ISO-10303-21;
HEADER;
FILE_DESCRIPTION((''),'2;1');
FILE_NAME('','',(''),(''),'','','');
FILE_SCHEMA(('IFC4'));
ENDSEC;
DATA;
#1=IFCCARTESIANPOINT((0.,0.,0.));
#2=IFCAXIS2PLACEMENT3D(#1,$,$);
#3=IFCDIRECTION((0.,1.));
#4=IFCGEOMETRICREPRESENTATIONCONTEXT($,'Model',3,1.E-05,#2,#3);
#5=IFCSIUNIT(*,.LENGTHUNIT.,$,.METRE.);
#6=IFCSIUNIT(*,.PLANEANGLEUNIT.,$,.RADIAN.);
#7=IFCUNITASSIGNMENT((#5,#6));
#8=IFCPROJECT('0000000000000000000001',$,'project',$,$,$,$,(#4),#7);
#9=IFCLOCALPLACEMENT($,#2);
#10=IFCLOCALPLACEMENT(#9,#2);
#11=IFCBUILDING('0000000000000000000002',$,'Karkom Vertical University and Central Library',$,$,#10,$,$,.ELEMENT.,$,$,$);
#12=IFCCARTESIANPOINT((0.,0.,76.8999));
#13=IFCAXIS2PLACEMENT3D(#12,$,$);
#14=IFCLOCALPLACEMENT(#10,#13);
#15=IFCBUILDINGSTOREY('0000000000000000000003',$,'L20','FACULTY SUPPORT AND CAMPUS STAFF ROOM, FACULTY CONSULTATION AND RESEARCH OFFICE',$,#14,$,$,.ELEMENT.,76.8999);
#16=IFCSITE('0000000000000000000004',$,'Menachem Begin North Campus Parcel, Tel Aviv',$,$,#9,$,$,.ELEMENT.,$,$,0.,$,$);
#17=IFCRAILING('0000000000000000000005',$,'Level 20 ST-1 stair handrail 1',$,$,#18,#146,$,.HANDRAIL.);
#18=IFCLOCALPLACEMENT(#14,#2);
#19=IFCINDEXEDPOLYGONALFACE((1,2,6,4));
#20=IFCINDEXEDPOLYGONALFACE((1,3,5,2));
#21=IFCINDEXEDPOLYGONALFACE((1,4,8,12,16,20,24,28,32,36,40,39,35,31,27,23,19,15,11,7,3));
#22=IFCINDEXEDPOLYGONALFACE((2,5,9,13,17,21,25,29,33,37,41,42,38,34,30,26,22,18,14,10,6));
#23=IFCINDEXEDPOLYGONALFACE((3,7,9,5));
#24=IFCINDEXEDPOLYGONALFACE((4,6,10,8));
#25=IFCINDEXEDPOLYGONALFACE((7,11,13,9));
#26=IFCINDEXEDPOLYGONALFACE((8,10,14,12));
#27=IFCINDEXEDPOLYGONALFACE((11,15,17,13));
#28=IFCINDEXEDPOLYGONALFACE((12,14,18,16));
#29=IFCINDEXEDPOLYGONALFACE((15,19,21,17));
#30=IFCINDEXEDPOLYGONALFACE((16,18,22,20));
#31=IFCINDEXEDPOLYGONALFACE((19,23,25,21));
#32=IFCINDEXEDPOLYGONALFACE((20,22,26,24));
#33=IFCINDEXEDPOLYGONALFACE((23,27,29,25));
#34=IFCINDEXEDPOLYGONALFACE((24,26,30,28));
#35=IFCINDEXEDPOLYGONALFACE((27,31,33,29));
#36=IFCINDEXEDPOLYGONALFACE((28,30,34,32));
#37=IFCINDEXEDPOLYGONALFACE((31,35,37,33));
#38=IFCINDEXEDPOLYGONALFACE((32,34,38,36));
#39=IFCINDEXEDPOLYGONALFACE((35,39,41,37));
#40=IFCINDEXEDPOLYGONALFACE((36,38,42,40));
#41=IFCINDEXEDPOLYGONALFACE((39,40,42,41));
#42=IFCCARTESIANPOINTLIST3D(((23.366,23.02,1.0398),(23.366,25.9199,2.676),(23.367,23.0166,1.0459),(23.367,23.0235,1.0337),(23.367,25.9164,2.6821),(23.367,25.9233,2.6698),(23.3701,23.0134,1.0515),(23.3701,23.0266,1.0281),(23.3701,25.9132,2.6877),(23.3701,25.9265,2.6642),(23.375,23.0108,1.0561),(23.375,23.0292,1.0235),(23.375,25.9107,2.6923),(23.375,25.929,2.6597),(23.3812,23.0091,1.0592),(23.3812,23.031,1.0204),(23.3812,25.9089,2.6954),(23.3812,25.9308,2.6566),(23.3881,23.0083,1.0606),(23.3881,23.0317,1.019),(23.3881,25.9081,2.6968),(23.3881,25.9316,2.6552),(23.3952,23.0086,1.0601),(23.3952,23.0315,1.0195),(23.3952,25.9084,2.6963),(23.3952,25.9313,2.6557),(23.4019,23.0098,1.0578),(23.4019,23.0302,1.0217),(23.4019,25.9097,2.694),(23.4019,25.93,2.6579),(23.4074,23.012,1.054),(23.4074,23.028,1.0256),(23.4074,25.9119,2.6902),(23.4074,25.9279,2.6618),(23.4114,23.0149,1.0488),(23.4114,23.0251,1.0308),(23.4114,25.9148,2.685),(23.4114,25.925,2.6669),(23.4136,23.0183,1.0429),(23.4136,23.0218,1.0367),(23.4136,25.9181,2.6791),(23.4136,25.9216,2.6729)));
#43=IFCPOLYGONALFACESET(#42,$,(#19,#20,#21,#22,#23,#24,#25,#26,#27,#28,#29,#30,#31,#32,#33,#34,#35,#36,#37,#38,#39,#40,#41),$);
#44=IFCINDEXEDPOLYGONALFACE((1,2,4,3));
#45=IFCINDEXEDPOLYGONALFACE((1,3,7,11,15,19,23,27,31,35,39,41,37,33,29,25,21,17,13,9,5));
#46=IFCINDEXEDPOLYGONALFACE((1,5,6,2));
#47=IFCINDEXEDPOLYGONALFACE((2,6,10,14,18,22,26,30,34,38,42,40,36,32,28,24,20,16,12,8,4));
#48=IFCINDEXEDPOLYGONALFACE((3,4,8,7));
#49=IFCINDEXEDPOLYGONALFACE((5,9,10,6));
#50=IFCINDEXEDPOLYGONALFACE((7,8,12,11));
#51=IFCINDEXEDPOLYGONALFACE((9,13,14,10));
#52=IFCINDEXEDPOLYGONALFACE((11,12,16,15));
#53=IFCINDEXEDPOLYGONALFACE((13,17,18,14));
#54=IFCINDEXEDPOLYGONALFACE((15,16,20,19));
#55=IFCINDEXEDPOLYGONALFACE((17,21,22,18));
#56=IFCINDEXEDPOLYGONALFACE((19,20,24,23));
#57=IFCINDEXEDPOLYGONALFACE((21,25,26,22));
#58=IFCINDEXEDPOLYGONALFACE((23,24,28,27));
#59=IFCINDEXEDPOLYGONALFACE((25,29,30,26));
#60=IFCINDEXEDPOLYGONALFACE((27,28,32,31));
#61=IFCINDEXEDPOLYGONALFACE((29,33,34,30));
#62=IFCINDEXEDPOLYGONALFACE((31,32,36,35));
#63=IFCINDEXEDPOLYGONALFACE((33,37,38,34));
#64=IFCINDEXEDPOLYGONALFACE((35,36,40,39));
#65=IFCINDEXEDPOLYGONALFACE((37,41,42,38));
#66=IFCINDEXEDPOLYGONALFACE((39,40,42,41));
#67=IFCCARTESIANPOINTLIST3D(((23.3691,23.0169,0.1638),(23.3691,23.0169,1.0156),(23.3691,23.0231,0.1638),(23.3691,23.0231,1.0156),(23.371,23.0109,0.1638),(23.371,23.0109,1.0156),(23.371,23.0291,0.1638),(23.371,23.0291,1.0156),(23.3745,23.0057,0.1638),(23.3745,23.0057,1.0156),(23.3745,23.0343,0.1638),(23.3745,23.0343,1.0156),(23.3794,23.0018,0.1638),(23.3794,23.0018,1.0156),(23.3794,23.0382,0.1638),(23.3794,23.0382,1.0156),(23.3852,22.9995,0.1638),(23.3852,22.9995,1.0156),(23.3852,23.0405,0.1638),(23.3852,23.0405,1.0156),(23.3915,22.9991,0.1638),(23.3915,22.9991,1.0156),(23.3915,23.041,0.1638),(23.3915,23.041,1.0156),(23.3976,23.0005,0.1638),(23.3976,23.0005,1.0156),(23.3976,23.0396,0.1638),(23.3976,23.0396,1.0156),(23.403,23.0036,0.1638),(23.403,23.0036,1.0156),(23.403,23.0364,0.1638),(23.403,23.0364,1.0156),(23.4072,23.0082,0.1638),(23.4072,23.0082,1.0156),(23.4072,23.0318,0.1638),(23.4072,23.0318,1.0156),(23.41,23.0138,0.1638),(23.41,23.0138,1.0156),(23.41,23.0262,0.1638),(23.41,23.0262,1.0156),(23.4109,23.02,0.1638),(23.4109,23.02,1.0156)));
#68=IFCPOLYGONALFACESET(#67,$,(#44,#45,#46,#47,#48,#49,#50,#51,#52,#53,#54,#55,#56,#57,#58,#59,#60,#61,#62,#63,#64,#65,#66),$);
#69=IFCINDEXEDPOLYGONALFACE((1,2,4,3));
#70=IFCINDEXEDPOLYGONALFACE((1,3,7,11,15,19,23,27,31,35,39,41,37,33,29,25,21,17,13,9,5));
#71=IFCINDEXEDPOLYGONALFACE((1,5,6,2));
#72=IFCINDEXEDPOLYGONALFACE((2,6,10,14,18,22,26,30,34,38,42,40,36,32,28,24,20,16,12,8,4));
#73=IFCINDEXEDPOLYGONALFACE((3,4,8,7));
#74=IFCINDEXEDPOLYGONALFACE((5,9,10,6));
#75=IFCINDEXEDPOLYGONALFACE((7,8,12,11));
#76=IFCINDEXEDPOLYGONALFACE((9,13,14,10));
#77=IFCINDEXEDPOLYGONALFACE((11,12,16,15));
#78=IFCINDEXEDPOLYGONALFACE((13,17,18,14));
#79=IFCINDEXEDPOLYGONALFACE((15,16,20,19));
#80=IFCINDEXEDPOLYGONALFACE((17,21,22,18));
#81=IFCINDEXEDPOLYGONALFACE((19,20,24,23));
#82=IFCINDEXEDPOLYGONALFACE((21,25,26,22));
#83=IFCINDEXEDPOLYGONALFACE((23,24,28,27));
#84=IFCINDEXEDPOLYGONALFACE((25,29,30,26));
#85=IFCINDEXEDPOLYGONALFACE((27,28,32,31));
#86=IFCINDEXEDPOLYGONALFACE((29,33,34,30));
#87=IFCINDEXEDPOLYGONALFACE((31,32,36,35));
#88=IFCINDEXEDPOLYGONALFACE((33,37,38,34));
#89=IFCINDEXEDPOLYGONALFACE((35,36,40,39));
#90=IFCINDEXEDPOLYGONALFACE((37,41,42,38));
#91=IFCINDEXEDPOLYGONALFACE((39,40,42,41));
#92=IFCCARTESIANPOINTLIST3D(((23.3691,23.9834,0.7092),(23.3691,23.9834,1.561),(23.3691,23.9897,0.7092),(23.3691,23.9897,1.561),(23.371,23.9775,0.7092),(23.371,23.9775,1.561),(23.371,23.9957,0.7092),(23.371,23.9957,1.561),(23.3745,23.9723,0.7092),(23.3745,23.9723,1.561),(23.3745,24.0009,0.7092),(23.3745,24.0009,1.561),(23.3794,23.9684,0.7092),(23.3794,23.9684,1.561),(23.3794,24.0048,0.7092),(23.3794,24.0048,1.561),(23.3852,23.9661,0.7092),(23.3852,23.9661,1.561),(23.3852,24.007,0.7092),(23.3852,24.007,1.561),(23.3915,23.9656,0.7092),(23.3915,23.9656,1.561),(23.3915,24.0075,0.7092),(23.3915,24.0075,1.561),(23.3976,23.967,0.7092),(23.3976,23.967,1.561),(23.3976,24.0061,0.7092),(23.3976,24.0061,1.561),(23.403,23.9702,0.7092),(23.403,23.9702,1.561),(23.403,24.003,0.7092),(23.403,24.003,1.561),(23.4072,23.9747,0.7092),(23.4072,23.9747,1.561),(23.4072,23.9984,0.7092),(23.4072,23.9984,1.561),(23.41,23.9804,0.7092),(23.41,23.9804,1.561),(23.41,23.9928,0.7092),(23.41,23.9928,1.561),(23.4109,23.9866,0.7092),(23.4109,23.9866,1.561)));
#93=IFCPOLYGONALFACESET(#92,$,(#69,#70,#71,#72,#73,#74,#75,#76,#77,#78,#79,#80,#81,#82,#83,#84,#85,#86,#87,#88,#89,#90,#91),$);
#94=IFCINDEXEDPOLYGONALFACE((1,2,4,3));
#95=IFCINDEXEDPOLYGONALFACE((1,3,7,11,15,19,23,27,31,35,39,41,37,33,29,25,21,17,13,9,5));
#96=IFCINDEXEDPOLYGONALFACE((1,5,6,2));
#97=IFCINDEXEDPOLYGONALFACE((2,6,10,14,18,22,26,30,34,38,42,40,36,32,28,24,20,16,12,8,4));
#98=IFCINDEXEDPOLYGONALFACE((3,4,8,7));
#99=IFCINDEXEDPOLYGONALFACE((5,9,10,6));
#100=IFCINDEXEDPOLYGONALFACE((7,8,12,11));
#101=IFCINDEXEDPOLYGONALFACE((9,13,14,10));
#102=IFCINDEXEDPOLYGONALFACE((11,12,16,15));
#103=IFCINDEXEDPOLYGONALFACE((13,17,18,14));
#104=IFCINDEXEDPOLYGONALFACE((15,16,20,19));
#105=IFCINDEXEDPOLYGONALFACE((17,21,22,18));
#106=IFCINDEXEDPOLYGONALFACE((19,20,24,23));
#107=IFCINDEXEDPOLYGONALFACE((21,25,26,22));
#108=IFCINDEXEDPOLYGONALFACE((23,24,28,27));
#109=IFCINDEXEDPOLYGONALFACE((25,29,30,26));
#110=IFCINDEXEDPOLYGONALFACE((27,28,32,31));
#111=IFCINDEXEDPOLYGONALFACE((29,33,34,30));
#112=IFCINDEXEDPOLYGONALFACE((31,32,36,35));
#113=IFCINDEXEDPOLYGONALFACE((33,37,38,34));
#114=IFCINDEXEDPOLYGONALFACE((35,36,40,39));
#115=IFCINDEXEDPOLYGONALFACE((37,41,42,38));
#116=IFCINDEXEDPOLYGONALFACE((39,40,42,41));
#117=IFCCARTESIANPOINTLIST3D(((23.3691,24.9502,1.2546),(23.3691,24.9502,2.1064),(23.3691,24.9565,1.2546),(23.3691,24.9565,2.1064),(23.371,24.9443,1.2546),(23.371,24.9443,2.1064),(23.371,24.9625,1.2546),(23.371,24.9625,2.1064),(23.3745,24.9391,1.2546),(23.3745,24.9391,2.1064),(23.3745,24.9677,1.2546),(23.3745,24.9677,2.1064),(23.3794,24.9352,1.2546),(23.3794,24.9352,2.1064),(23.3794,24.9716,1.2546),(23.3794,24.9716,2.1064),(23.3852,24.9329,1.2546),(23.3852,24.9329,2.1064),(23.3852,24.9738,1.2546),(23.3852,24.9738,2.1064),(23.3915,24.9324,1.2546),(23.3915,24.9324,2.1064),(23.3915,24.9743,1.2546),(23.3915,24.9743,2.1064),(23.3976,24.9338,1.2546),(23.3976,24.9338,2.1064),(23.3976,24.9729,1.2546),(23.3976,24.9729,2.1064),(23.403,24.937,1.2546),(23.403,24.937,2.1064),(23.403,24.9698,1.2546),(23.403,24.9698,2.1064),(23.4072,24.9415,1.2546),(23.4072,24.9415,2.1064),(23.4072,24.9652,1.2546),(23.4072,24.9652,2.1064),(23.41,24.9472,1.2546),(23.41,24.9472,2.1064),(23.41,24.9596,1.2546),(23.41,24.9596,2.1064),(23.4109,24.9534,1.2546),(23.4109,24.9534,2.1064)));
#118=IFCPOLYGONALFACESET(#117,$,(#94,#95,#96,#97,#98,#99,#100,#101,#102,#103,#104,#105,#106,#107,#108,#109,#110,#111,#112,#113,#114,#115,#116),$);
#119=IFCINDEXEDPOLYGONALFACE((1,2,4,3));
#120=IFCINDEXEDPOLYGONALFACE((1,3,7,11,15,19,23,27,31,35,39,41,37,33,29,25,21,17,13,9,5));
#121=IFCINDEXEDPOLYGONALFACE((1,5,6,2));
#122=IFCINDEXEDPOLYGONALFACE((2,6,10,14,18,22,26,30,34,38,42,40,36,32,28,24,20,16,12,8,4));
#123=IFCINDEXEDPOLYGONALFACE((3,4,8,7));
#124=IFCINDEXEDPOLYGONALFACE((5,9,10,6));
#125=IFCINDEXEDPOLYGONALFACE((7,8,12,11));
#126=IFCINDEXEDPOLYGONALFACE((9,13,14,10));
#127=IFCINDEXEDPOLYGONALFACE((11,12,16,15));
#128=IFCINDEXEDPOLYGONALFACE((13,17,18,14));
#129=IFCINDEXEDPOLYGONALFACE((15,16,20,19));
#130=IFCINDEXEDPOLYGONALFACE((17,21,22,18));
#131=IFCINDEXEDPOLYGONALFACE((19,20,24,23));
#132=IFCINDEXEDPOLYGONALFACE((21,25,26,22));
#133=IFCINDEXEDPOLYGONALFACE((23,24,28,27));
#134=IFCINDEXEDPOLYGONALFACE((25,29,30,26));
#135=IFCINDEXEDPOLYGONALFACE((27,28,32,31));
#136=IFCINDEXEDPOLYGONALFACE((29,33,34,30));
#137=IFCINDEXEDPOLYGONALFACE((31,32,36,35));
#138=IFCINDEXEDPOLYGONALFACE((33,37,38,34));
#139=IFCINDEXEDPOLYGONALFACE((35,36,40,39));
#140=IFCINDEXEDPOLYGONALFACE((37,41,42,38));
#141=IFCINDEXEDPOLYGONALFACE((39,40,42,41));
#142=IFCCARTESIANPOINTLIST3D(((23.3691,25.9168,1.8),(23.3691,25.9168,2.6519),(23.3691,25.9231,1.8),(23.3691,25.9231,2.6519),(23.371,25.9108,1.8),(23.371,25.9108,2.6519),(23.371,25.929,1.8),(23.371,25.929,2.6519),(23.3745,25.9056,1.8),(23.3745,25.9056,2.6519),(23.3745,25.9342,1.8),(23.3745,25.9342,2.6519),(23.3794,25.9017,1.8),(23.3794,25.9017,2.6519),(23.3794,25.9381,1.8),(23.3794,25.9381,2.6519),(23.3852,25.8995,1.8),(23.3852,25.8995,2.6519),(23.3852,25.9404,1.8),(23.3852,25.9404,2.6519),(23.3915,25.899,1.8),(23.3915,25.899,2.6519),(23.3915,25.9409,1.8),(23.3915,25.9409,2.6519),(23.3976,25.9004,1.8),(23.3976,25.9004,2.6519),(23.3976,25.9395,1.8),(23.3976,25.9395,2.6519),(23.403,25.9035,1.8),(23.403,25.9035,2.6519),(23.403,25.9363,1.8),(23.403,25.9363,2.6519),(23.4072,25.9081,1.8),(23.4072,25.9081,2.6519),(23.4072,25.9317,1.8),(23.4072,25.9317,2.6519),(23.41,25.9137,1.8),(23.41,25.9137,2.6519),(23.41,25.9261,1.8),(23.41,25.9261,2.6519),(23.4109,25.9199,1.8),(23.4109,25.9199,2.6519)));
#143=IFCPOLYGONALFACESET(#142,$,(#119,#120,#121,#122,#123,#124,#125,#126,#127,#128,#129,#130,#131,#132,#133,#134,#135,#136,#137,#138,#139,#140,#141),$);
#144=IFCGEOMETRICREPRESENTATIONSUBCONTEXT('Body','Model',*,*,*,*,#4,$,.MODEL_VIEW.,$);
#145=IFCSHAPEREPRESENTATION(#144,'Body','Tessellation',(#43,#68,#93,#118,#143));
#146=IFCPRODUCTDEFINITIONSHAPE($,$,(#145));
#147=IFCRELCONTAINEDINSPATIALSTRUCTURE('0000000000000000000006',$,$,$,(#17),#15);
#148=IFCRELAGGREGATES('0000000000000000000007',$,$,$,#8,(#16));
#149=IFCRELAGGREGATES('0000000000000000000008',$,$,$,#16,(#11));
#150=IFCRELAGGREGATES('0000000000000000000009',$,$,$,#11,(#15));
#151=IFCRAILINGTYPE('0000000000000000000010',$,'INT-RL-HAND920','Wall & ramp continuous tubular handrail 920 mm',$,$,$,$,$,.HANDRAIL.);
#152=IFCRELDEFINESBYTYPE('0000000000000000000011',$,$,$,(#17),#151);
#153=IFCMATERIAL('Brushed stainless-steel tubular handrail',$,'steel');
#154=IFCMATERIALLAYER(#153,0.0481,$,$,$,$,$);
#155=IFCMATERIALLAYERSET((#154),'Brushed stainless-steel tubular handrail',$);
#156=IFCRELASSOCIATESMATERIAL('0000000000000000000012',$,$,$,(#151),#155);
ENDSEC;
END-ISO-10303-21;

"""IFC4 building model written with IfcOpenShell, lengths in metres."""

from ifc_helpers import new_model, si_unit, direction, frame, origin, origin_2d, place, context, subcontext, project, spatial, circle, extrude, material, layer, layer_set, type_object, element, save


model = new_model("IFC4")

# Units and contexts
model_context = context("Model", 3, precision=1e-05, world=origin(), true_north=direction((0.0, 1.0)))
body_context = subcontext(model_context, "Body", "Model", "MODEL_VIEW")
ifc_project = project(units=[si_unit("LENGTHUNIT", "METRE"), si_unit("PLANEANGLEUNIT", "RADIAN")], contexts=[model_context])

# Site, building, storey
site_placement = place(None, origin())
site = spatial("IfcSite", under=ifc_project, at=site_placement, Name="Menachem Begin North Campus Parcel, Tel Aviv", CompositionType="ELEMENT", RefElevation=0.0)
building_placement = place(site_placement, origin())
building = spatial("IfcBuilding", under=site, at=building_placement, Name="Karkom Vertical University and Central Library", CompositionType="ELEMENT")
storey_placement = place(building_placement, frame((0.0, 0.0, 76.8999)))
storey = spatial("IfcBuildingStorey", under=building, at=storey_placement, Name="L20", Description="FACULTY SUPPORT AND CAMPUS STAFF ROOM, FACULTY CONSULTATION AND RESEARCH OFFICE", CompositionType="ELEMENT", Elevation=76.8999)

# Railing
ifc_material_1 = material(Name="Brushed stainless-steel tubular handrail", Category="steel")
ifc_layer_1 = layer(ifc_material_1, 0.0481)
ifc_layer_set_1 = layer_set([ifc_layer_1], Name="Brushed stainless-steel tubular handrail")
railing_type_1 = type_object("IfcRailingType", Name="INT-RL-HAND920", Description="Wall & ramp continuous tubular handrail 920 mm", PredefinedType="HANDRAIL", material=ifc_layer_set_1)
railing_1_placement = place(storey_placement, frame((23.3899, 23.02, 0.1638)))
element("IfcRailing", 1, at=railing_1_placement, inside=storey, type_object=railing_type_1, Name="Level 20 ST-1 stair handrail 1", PredefinedType="HANDRAIL", context=body_context, shape_type="SweptSolid", body=[
    extrude(circle(Radius=0.0239, at=origin_2d()), frame((0.0, 0.0, 0.876), z_axis=(0.0, 0.870929, 0.49141), x_axis=(-1.0, 0.0, 0.0)), (0.0, 0.0, 1.0), 3.3296),
    extrude(circle(Radius=0.021, at=origin_2d()), origin(), (0.0, 0.0, 1.0), 0.8518),
    extrude(circle(Radius=0.021, at=origin_2d()), frame((0.0, 0.9666, 0.5454)), (0.0, 0.0, 1.0), 0.8518),
    extrude(circle(Radius=0.021, at=origin_2d()), frame((0.0, 1.9333, 1.0908)), (0.0, 0.0, 1.0), 0.8518),
    extrude(circle(Radius=0.021, at=origin_2d()), frame((0.0, 2.8999, 1.6362)), (0.0, 0.0, 1.0), 0.8518),
])

save(model, "model.ifc")
